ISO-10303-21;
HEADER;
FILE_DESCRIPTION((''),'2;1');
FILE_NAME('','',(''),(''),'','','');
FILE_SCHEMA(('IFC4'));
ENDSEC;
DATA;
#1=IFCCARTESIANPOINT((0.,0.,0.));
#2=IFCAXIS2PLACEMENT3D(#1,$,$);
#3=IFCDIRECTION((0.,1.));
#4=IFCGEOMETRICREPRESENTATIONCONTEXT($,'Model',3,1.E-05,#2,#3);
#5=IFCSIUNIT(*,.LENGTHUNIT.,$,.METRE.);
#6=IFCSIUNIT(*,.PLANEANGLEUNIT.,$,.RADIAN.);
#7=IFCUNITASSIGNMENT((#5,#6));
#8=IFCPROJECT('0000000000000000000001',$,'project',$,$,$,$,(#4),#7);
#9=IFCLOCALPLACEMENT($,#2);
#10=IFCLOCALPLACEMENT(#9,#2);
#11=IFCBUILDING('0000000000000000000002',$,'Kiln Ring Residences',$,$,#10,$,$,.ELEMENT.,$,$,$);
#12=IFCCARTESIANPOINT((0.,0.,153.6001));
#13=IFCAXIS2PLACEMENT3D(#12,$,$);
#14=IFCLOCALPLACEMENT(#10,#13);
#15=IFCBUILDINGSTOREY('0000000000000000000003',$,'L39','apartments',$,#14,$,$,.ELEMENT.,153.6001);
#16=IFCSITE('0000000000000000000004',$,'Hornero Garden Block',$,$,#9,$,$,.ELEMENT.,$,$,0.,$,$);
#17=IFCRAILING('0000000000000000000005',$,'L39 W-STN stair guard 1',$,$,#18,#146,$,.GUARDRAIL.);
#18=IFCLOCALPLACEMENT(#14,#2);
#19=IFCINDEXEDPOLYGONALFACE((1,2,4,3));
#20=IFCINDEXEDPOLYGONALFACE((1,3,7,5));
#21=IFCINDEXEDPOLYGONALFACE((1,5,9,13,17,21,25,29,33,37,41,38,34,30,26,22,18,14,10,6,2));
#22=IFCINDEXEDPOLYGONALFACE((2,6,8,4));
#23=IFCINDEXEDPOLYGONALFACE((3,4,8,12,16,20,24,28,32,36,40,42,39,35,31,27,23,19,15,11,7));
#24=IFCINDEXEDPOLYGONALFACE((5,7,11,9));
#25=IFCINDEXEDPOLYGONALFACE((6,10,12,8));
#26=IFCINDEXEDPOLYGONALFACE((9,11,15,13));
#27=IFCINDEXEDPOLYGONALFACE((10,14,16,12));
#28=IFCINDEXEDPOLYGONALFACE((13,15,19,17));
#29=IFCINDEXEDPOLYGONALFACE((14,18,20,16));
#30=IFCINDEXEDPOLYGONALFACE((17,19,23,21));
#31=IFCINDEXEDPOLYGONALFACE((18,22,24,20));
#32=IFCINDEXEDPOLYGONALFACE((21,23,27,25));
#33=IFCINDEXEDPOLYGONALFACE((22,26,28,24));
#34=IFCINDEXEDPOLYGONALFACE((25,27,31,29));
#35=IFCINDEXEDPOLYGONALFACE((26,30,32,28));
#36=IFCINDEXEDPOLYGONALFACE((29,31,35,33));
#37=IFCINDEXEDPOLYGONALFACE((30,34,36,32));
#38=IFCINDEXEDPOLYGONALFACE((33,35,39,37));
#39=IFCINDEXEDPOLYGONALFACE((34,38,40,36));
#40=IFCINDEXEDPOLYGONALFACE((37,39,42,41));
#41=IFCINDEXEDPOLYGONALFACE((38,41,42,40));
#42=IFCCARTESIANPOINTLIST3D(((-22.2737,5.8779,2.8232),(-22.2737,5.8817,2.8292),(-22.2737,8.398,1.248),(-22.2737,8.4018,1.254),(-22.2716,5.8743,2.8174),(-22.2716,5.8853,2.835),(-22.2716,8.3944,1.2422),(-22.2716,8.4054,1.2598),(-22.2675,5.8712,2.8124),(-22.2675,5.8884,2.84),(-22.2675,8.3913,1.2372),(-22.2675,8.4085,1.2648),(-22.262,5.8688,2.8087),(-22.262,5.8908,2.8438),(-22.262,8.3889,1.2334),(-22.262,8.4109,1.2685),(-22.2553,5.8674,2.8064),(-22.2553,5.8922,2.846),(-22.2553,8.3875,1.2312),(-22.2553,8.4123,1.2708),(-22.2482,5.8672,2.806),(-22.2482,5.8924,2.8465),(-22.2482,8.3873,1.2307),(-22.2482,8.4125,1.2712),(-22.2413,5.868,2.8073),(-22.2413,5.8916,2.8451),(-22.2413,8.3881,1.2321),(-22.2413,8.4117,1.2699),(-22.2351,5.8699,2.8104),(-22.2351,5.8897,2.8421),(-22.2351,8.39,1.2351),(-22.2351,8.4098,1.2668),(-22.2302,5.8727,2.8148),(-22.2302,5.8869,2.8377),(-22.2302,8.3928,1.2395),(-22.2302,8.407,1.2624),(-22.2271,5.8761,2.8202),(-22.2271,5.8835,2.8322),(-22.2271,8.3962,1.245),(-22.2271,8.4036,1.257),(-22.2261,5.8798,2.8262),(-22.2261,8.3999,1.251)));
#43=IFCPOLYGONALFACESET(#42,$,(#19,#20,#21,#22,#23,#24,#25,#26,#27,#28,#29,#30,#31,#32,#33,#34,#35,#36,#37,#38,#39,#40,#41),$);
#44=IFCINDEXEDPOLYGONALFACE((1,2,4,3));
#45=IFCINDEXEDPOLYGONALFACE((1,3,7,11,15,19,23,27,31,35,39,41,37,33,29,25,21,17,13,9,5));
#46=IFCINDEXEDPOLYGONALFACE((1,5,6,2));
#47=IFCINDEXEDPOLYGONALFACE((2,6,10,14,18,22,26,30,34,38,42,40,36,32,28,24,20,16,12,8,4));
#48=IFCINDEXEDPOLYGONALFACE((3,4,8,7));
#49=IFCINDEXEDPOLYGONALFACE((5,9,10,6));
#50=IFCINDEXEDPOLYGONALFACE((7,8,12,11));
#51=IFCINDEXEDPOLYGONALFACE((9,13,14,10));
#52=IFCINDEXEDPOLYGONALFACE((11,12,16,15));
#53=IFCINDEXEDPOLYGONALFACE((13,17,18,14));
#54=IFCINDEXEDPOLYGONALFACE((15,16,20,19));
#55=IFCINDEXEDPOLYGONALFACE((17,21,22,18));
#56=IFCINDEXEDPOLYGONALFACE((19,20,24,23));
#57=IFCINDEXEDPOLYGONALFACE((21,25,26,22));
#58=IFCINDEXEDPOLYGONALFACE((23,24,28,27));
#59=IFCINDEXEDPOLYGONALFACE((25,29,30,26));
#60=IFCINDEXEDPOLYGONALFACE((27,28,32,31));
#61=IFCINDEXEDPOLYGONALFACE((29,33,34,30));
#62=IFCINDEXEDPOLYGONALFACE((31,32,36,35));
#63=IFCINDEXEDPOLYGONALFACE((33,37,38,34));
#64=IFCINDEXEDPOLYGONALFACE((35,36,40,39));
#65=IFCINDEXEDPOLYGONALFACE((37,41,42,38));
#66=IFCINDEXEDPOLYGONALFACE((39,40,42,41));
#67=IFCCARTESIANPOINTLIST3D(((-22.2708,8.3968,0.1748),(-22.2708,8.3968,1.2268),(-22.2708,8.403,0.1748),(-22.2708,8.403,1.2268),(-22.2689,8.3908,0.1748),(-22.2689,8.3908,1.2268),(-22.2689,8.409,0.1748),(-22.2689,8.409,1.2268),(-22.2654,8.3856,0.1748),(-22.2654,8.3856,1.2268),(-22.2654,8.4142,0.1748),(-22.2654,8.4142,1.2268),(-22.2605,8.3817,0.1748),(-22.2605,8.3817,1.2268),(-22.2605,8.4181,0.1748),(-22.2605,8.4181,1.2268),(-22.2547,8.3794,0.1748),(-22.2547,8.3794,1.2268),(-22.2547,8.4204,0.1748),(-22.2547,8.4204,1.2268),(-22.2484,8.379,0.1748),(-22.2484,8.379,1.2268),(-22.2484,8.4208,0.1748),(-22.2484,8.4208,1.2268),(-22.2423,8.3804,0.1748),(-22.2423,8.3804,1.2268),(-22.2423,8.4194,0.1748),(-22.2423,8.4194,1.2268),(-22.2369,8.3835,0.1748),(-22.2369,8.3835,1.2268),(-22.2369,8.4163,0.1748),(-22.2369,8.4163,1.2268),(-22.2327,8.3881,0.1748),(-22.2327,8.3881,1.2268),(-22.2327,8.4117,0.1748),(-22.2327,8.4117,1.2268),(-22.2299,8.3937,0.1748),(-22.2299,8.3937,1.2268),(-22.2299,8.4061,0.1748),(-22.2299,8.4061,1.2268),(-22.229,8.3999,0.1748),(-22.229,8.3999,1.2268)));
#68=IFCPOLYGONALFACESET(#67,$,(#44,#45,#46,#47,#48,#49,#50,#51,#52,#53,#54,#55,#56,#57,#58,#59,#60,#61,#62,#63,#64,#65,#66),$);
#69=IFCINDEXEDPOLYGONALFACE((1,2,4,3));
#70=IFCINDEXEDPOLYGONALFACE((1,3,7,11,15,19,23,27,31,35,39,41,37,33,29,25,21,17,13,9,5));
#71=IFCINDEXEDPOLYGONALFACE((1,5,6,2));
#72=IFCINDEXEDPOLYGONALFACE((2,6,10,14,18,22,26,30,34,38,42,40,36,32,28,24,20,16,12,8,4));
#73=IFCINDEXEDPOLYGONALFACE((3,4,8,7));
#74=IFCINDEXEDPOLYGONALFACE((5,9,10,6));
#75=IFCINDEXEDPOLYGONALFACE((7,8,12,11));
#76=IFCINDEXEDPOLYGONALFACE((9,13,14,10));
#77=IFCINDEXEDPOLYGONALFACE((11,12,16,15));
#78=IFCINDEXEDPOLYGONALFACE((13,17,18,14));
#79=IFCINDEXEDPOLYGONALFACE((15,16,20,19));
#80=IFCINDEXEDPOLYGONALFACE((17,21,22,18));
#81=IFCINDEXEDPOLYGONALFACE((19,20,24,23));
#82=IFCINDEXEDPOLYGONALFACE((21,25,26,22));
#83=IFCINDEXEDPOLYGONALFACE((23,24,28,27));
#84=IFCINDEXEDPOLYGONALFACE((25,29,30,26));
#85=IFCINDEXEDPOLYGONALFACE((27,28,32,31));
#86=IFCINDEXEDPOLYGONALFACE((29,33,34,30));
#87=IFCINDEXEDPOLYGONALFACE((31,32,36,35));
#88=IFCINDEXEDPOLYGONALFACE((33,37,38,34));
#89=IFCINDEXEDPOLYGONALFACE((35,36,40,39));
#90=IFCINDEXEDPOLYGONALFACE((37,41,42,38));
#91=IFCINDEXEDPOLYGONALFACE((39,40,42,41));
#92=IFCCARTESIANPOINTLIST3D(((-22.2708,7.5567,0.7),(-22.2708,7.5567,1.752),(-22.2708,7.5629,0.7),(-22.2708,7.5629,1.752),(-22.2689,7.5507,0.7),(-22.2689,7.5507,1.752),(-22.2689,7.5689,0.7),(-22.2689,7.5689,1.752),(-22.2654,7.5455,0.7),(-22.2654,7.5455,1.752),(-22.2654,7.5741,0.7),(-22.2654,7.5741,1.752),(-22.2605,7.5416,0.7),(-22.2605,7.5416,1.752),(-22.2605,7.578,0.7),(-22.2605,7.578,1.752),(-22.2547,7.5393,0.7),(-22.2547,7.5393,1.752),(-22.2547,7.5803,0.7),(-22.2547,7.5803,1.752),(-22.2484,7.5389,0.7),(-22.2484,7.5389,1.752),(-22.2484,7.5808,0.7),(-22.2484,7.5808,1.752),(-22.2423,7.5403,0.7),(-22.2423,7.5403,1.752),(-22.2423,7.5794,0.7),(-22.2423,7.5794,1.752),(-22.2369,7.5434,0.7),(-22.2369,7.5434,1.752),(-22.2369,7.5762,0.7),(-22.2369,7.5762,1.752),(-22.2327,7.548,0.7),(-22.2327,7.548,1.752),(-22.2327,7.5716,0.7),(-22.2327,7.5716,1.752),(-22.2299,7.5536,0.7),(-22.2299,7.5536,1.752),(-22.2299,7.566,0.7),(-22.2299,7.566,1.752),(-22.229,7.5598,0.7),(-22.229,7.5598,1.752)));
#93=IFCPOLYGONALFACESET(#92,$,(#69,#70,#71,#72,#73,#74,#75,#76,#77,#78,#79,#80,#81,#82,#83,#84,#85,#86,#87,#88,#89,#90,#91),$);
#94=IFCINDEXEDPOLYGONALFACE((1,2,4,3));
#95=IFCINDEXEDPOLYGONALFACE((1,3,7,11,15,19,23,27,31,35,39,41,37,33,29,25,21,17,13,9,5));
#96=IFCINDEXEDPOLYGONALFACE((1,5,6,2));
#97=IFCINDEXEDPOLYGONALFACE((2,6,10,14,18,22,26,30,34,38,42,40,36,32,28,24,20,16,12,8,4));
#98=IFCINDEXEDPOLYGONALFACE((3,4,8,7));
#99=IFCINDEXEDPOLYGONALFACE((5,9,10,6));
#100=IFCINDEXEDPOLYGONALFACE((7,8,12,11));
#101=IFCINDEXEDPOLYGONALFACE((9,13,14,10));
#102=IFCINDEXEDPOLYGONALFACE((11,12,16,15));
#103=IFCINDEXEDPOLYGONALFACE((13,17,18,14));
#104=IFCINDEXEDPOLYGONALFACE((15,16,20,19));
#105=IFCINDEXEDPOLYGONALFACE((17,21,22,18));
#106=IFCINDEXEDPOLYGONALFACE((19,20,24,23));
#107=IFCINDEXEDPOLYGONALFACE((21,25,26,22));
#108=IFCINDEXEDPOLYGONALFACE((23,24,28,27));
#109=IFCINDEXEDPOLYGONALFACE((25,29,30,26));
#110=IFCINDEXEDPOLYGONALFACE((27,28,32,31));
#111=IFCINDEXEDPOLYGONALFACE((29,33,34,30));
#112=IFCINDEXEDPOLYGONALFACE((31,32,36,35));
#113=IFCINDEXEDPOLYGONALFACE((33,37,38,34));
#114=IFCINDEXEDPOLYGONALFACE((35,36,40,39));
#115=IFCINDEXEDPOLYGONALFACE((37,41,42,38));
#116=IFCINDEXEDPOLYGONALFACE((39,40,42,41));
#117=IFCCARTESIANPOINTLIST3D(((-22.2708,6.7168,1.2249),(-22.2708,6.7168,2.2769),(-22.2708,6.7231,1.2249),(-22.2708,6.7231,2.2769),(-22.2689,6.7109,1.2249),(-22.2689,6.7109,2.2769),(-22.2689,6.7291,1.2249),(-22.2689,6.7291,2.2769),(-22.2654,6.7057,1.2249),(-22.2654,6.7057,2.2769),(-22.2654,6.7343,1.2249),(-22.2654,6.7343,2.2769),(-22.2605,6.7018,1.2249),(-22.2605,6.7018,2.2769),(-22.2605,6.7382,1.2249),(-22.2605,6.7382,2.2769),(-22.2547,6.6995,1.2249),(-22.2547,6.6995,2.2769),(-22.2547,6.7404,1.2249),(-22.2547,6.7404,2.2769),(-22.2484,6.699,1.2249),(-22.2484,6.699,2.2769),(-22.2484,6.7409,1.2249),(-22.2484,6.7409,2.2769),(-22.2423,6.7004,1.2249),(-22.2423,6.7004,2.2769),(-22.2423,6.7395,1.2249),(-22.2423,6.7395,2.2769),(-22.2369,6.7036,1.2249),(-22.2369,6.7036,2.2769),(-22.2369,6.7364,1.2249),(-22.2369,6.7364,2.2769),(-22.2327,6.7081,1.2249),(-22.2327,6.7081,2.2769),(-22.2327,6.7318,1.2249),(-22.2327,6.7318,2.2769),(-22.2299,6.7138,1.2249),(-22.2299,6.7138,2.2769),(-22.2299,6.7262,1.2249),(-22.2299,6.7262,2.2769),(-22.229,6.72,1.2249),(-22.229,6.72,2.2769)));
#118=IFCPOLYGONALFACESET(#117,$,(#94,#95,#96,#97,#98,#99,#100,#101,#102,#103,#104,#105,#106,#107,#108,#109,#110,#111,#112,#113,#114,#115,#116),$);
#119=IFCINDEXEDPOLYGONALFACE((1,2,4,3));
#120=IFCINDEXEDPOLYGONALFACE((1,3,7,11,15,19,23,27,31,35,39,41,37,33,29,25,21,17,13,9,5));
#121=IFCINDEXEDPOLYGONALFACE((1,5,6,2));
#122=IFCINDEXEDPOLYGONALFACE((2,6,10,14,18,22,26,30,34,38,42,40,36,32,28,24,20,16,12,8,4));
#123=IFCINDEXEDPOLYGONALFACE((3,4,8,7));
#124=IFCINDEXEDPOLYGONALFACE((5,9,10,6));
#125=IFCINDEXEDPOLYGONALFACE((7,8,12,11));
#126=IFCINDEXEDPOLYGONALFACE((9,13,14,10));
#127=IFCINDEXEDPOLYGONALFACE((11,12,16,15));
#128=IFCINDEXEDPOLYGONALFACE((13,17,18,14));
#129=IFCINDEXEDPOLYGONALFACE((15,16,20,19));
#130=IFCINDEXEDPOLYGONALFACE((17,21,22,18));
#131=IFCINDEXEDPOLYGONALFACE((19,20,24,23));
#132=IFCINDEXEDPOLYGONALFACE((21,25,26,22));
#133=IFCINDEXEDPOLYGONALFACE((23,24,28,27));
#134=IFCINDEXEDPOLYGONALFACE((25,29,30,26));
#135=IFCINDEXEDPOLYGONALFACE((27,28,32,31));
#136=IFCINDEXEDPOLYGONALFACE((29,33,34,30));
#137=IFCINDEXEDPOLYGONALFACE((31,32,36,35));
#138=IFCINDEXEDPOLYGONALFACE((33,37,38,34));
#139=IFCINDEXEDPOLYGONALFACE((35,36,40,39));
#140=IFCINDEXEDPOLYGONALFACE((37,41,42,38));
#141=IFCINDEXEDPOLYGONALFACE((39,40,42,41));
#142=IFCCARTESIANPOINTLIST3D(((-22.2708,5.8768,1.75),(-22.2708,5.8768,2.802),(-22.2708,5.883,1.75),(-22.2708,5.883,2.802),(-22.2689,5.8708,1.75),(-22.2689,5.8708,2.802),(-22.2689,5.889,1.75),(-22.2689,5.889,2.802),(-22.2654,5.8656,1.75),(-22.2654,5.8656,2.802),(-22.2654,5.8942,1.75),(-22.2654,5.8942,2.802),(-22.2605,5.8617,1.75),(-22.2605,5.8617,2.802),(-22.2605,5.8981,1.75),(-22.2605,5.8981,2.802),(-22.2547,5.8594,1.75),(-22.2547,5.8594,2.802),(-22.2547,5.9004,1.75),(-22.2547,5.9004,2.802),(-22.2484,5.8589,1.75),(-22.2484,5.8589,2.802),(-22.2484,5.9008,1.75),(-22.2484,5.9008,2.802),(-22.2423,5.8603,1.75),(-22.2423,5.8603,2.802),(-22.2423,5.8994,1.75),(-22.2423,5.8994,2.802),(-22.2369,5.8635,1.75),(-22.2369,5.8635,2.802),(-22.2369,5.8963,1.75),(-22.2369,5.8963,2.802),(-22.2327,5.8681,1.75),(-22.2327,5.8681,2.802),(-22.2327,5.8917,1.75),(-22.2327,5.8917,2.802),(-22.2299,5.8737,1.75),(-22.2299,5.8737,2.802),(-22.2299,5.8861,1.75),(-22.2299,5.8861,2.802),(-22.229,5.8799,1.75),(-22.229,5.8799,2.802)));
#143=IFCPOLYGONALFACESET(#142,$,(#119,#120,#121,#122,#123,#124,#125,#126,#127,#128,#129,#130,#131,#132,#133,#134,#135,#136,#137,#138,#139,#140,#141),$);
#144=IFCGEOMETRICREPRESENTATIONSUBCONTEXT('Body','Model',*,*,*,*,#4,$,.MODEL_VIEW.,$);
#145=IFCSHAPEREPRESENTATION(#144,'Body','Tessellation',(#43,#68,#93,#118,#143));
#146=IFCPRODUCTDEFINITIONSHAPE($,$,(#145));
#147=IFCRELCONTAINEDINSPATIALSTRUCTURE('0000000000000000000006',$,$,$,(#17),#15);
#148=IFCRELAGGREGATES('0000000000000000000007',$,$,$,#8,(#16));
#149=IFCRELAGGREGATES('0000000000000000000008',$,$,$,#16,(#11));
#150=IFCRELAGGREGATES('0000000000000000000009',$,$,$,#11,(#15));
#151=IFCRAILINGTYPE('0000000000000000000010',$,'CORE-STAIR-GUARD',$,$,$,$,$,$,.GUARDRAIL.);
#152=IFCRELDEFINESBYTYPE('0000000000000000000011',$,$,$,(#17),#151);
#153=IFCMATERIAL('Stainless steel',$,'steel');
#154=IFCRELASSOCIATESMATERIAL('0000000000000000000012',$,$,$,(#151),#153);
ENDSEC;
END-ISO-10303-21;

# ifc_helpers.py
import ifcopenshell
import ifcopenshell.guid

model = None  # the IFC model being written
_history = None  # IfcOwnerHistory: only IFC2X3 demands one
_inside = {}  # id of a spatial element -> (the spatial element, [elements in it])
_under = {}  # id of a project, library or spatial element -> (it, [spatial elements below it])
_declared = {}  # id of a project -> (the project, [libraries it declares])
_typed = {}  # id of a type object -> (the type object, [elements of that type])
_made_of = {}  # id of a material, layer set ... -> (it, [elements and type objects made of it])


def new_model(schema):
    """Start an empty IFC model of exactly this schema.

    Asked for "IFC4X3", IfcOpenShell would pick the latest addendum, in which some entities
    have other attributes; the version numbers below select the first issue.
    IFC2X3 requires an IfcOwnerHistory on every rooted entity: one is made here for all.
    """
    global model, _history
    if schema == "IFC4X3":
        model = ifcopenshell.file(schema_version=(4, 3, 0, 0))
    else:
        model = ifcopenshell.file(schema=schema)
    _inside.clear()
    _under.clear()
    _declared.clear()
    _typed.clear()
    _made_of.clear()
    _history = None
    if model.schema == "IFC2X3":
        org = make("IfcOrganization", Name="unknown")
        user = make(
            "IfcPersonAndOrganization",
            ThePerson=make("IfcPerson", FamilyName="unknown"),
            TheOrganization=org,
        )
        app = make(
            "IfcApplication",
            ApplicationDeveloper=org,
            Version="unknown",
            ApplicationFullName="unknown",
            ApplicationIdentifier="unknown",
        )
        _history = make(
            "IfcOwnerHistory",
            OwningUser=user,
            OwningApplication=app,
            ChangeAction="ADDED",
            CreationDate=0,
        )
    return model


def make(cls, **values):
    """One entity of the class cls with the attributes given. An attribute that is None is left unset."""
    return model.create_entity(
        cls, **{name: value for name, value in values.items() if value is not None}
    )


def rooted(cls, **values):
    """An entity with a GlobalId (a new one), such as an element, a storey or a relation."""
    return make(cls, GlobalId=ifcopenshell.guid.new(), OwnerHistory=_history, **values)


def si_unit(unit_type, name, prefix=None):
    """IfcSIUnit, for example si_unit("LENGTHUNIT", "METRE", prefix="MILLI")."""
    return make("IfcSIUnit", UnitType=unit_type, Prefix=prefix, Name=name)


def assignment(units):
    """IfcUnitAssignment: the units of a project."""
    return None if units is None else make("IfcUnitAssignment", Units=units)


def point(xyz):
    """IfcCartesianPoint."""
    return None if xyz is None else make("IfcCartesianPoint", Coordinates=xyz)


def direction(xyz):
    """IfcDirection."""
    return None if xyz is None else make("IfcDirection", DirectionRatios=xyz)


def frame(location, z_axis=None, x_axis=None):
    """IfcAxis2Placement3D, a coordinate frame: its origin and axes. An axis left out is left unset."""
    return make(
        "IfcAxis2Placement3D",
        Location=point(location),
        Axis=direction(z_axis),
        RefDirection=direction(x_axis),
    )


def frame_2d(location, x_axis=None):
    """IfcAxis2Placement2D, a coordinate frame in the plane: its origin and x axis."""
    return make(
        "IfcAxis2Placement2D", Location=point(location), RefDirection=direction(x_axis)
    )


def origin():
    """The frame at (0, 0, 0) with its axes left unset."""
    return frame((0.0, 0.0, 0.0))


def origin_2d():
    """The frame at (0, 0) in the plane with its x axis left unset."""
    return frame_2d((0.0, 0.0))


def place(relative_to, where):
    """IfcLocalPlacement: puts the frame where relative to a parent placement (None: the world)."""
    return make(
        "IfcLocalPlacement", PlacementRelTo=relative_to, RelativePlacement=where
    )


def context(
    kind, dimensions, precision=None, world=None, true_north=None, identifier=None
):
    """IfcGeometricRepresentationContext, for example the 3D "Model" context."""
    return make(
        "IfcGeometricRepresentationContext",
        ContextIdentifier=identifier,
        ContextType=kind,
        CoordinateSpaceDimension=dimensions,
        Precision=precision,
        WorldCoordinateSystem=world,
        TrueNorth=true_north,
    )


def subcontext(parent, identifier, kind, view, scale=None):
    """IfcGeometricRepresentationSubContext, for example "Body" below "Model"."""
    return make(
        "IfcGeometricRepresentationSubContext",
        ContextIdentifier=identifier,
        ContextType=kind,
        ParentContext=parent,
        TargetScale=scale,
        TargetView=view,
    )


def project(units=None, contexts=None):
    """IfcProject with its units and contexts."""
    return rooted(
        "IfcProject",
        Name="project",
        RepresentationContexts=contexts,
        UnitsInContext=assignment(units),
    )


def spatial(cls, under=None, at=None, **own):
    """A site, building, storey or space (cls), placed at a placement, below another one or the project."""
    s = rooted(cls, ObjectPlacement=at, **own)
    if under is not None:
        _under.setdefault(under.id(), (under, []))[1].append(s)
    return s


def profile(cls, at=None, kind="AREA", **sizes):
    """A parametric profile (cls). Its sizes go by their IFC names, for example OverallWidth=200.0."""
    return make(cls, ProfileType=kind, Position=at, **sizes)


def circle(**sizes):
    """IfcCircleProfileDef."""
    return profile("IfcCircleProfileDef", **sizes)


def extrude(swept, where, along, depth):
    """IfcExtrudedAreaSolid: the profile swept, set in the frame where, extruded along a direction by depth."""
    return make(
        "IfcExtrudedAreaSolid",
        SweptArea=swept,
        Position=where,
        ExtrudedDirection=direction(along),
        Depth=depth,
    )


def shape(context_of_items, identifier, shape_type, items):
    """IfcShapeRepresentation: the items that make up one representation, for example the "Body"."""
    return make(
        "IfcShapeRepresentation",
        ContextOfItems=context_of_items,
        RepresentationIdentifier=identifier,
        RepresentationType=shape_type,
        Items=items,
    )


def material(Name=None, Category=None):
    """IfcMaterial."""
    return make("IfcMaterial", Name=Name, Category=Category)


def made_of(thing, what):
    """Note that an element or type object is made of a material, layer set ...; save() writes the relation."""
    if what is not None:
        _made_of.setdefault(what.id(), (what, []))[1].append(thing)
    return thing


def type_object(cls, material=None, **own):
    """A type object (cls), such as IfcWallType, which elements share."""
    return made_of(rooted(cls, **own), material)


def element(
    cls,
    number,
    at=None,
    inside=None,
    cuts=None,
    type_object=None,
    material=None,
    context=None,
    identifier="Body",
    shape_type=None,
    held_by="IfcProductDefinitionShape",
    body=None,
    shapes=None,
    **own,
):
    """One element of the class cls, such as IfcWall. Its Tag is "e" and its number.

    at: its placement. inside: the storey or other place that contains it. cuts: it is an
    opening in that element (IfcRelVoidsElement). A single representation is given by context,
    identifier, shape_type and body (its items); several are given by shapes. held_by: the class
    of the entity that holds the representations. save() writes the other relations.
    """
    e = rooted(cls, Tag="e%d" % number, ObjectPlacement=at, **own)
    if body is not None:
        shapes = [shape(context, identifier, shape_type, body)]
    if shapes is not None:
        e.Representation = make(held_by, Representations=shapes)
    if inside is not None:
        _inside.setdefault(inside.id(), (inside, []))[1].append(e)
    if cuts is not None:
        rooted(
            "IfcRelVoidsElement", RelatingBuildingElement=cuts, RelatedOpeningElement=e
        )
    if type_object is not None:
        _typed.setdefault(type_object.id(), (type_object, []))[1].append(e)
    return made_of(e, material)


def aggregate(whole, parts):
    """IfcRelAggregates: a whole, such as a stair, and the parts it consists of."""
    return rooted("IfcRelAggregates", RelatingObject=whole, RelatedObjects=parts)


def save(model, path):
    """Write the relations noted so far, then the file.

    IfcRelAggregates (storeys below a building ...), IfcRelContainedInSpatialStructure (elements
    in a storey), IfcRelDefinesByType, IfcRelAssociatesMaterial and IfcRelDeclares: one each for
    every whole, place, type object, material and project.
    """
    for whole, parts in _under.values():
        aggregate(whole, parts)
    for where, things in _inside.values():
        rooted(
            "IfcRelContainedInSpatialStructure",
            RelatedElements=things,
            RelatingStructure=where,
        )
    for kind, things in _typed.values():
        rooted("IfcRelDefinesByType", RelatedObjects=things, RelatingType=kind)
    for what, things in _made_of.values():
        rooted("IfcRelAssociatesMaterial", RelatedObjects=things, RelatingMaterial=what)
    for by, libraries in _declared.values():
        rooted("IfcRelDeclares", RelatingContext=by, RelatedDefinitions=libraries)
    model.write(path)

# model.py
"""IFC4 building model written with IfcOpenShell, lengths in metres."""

from ifc_helpers import new_model, si_unit, direction, frame, origin, origin_2d, place, context, subcontext, project, spatial, circle, extrude, material, type_object, element, save


model = new_model("IFC4")

# Units and contexts
model_context = context("Model", 3, precision=1e-05, world=origin(), true_north=direction((0.0, 1.0)))
body_context = subcontext(model_context, "Body", "Model", "MODEL_VIEW")
ifc_project = project(units=[si_unit("LENGTHUNIT", "METRE"), si_unit("PLANEANGLEUNIT", "RADIAN")], contexts=[model_context])

# Site, building, storey
site_placement = place(None, origin())
site = spatial("IfcSite", under=ifc_project, at=site_placement, Name="Hornero Garden Block", CompositionType="ELEMENT", RefElevation=0.0)
building_placement = place(site_placement, origin())
building = spatial("IfcBuilding", under=site, at=building_placement, Name="Kiln Ring Residences", CompositionType="ELEMENT")
storey_placement = place(building_placement, frame((0.0, 0.0, 153.6001)))
storey = spatial("IfcBuildingStorey", under=building, at=storey_placement, Name="L39", Description="apartments", CompositionType="ELEMENT", Elevation=153.6001)

# Railing
ifc_material_1 = material(Name="Stainless steel", Category="steel")
railing_type_1 = type_object("IfcRailingType", Name="CORE-STAIR-GUARD", PredefinedType="GUARDRAIL", material=ifc_material_1)
railing_1_placement = place(storey_placement, frame((-22.25, 8.3999, 0.1748)))
element("IfcRailing", 1, at=railing_1_placement, inside=storey, type_object=railing_type_1, Name="L39 W-STN stair guard 1", PredefinedType="GUARDRAIL", context=body_context, shape_type="SweptSolid", body=[
    extrude(circle(Radius=0.0239, at=origin_2d()), frame((0.0, 0.0, 1.0762), z_axis=(0.0, -0.847971, 0.530043), x_axis=(1.0, 0.0, 0.0)), (0.0, 0.0, 1.0), 2.9719),
    extrude(circle(Radius=0.021, at=origin_2d()), origin(), (0.0, 0.0, 1.0), 1.052),
    extrude(circle(Radius=0.021, at=origin_2d()), frame((0.0, -0.8401, 0.5251)), (0.0, 0.0, 1.0), 1.052),
    extrude(circle(Radius=0.021, at=origin_2d()), frame((0.0, -1.6799, 1.05)), (0.0, 0.0, 1.0), 1.052),
    extrude(circle(Radius=0.021, at=origin_2d()), frame((0.0, -2.52, 1.5752)), (0.0, 0.0, 1.0), 1.052),
])

save(model, "model.ifc")
